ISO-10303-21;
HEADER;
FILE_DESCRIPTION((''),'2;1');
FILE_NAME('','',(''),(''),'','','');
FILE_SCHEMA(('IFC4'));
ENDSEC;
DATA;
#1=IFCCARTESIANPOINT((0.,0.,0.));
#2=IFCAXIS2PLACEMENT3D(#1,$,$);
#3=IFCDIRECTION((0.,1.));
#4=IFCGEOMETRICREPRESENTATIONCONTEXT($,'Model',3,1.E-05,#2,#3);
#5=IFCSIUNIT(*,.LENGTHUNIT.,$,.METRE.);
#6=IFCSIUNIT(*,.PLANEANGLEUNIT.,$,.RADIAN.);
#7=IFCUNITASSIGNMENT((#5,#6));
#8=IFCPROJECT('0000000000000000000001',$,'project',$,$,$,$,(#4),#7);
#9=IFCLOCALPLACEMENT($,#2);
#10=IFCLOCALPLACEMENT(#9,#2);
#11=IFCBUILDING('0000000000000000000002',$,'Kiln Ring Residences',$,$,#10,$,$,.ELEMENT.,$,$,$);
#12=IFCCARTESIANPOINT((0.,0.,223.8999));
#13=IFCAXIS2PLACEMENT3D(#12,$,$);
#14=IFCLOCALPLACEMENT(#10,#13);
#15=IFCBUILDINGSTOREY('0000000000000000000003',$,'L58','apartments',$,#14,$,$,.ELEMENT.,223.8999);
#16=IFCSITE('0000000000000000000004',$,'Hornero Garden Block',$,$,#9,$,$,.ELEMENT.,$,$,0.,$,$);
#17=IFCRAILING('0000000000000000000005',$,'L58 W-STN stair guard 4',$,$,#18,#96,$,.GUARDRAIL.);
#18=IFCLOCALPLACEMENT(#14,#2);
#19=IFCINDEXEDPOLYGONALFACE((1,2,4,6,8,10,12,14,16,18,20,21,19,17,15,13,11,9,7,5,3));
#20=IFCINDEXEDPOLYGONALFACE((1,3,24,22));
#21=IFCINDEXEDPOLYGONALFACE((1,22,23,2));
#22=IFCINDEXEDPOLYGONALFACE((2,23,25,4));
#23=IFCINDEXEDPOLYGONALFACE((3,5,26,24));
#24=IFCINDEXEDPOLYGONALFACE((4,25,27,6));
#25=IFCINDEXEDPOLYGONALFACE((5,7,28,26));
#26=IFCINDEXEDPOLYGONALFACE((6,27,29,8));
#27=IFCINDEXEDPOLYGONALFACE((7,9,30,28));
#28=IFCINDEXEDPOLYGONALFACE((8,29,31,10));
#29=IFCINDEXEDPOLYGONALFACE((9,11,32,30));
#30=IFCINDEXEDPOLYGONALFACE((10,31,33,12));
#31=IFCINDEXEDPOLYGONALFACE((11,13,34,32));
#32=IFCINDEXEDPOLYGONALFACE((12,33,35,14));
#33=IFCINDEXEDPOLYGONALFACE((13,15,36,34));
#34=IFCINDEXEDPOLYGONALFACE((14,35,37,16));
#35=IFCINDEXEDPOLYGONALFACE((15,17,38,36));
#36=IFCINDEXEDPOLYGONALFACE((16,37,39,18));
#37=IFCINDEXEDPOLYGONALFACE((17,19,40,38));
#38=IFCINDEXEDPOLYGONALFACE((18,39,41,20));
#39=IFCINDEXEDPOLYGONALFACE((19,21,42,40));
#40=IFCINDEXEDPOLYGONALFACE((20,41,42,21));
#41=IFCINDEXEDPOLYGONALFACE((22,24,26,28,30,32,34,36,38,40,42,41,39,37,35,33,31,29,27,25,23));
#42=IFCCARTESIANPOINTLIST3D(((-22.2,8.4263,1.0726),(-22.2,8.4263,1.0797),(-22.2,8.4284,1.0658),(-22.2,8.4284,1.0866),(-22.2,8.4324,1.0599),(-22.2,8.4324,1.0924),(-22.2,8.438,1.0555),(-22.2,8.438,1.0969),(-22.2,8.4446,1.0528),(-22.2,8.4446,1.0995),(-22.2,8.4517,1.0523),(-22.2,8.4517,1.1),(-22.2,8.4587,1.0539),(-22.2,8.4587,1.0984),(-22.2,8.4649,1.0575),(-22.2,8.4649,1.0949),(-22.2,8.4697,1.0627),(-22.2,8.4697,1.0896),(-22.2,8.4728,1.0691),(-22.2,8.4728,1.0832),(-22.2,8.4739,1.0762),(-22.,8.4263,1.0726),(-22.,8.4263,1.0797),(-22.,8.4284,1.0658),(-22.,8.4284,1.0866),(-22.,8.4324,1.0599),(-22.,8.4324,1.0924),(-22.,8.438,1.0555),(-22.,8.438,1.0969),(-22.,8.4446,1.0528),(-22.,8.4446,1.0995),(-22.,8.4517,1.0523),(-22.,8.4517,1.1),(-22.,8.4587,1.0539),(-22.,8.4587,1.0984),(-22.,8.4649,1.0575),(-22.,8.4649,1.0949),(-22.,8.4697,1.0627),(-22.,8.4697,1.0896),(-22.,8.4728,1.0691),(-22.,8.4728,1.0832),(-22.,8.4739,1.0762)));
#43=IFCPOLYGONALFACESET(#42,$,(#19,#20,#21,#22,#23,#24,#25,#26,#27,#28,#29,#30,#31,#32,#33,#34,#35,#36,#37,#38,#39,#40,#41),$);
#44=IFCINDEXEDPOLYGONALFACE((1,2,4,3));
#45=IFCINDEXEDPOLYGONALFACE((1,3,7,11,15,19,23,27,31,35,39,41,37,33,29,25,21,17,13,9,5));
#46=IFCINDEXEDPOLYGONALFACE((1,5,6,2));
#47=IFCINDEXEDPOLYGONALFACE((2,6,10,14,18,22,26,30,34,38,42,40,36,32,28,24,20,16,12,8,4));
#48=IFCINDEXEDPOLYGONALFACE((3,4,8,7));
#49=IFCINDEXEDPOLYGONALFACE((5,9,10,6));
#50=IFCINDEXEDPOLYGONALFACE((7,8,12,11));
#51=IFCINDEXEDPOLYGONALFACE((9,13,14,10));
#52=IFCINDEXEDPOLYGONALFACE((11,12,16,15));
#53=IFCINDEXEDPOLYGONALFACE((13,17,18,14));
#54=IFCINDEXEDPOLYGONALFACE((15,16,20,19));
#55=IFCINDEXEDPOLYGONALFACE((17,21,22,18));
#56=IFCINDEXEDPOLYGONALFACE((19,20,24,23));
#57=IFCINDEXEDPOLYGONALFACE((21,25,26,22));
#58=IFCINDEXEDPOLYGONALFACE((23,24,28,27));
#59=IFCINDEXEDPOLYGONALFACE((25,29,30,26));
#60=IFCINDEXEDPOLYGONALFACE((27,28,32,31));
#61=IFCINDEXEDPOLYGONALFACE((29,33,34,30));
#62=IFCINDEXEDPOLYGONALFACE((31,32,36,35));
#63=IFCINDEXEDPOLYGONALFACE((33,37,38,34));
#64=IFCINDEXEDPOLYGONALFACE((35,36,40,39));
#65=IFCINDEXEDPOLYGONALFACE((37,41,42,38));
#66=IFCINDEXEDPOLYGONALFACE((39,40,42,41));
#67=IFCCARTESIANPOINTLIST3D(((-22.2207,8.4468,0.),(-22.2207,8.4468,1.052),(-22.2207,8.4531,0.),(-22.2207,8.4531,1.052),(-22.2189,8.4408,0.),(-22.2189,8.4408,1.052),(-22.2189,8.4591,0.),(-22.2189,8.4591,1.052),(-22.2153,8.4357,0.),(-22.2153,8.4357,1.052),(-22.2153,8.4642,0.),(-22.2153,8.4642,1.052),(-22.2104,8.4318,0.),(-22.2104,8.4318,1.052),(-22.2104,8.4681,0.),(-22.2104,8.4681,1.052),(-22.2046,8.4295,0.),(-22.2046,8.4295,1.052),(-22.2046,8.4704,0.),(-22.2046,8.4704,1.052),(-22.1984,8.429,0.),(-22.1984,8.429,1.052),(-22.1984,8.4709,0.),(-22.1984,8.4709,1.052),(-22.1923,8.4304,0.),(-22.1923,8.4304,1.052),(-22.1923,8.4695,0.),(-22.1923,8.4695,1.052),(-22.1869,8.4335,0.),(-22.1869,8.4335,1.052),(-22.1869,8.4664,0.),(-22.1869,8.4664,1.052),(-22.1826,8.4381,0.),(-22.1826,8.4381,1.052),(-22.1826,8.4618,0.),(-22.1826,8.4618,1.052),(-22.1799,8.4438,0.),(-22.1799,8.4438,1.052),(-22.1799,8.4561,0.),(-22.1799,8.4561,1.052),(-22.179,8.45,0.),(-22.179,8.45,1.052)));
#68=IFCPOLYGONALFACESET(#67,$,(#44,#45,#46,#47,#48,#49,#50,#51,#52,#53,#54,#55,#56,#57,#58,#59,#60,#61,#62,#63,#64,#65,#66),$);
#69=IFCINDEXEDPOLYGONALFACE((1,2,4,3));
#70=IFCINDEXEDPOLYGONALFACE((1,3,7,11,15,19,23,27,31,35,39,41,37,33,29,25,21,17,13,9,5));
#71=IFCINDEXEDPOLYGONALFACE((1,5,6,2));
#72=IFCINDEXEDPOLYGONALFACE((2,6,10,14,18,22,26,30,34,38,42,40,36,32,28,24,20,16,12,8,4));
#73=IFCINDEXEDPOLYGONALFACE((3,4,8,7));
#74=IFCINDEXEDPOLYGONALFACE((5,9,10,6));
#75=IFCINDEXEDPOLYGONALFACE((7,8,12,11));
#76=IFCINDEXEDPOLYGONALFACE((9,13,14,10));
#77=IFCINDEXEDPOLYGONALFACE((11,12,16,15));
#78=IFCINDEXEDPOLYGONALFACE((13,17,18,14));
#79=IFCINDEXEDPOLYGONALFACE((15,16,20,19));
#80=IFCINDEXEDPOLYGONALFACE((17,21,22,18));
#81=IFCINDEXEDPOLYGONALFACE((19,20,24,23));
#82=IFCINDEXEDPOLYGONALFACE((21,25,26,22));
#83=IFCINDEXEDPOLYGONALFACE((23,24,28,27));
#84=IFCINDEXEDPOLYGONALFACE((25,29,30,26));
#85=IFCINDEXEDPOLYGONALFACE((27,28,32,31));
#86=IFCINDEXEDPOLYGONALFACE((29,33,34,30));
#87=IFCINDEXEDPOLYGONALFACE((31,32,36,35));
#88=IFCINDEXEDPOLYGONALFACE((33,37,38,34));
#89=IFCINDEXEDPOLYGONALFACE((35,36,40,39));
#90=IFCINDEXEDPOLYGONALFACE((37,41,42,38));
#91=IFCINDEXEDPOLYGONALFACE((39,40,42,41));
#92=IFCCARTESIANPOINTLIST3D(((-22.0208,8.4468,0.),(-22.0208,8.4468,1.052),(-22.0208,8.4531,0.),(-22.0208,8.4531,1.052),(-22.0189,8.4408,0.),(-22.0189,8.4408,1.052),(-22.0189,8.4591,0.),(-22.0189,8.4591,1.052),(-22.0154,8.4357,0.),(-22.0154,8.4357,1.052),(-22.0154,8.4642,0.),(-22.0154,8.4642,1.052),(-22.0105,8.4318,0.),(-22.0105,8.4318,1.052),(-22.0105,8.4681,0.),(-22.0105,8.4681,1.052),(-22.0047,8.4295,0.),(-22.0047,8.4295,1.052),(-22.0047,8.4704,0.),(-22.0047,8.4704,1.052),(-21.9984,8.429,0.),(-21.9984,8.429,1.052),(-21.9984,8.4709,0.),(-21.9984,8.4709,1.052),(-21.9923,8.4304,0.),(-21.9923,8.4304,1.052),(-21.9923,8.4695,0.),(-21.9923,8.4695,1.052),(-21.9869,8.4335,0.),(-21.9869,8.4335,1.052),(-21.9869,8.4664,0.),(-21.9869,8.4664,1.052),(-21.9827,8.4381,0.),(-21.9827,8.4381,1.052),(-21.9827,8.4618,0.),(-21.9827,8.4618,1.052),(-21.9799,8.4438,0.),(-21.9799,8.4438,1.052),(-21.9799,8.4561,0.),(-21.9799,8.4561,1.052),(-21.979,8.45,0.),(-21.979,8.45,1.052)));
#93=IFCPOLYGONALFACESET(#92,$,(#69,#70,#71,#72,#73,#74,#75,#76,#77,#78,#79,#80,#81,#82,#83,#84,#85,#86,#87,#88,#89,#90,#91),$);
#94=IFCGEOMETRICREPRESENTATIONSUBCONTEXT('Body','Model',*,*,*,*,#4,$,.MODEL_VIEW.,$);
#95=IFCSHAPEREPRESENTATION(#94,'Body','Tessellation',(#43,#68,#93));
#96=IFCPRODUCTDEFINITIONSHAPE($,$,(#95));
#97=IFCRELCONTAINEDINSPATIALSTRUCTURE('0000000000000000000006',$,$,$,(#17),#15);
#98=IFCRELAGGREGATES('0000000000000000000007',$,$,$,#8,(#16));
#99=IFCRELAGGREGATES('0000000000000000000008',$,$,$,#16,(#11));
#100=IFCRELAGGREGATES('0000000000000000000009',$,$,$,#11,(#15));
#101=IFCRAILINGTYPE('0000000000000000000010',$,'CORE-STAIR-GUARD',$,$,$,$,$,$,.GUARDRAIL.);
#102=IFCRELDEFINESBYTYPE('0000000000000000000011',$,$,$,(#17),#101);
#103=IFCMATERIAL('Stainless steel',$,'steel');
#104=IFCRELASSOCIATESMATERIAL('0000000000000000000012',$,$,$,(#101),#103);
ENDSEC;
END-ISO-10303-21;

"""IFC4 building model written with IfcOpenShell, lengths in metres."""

from ifc_helpers import new_model, si_unit, direction, frame, origin, origin_2d, place, context, subcontext, project, spatial, circle, extrude, material, type_object, element, save


model = new_model("IFC4")

# Units and contexts
model_context = context("Model", 3, precision=1e-05, world=origin(), true_north=direction((0.0, 1.0)))
body_context = subcontext(model_context, "Body", "Model", "MODEL_VIEW")
ifc_project = project(units=[si_unit("LENGTHUNIT", "METRE"), si_unit("PLANEANGLEUNIT", "RADIAN")], contexts=[model_context])

# Site, building, storey
site_placement = place(None, origin())
site = spatial("IfcSite", under=ifc_project, at=site_placement, Name="Hornero Garden Block", CompositionType="ELEMENT", RefElevation=0.0)
building_placement = place(site_placement, origin())
building = spatial("IfcBuilding", under=site, at=building_placement, Name="Kiln Ring Residences", CompositionType="ELEMENT")
storey_placement = place(building_placement, frame((0.0, 0.0, 223.8999)))
storey = spatial("IfcBuildingStorey", under=building, at=storey_placement, Name="L58", Description="apartments", CompositionType="ELEMENT", Elevation=223.8999)

# Railing
ifc_material_1 = material(Name="Stainless steel", Category="steel")
railing_type_1 = type_object("IfcRailingType", Name="CORE-STAIR-GUARD", PredefinedType="GUARDRAIL", material=ifc_material_1)
railing_1_placement = place(storey_placement, frame((-22.2, 8.45, 0.0)))
element("IfcRailing", 1, at=railing_1_placement, inside=storey, type_object=railing_type_1, Name="L58 W-STN stair guard 4", PredefinedType="GUARDRAIL", context=body_context, shape_type="SweptSolid", body=[
    extrude(circle(Radius=0.0239, at=origin_2d()), frame((0.0, 0.0, 1.0762), z_axis=(1.0, 0.0, 0.0), x_axis=(0.0, 1.0, 0.0)), (0.0, 0.0, 1.0), 0.2),
    extrude(circle(Radius=0.021, at=origin_2d()), origin(), (0.0, 0.0, 1.0), 1.052),
    extrude(circle(Radius=0.021, at=origin_2d()), frame((0.2, 0.0, 0.0)), (0.0, 0.0, 1.0), 1.052),
])

save(model, "model.ifc")
